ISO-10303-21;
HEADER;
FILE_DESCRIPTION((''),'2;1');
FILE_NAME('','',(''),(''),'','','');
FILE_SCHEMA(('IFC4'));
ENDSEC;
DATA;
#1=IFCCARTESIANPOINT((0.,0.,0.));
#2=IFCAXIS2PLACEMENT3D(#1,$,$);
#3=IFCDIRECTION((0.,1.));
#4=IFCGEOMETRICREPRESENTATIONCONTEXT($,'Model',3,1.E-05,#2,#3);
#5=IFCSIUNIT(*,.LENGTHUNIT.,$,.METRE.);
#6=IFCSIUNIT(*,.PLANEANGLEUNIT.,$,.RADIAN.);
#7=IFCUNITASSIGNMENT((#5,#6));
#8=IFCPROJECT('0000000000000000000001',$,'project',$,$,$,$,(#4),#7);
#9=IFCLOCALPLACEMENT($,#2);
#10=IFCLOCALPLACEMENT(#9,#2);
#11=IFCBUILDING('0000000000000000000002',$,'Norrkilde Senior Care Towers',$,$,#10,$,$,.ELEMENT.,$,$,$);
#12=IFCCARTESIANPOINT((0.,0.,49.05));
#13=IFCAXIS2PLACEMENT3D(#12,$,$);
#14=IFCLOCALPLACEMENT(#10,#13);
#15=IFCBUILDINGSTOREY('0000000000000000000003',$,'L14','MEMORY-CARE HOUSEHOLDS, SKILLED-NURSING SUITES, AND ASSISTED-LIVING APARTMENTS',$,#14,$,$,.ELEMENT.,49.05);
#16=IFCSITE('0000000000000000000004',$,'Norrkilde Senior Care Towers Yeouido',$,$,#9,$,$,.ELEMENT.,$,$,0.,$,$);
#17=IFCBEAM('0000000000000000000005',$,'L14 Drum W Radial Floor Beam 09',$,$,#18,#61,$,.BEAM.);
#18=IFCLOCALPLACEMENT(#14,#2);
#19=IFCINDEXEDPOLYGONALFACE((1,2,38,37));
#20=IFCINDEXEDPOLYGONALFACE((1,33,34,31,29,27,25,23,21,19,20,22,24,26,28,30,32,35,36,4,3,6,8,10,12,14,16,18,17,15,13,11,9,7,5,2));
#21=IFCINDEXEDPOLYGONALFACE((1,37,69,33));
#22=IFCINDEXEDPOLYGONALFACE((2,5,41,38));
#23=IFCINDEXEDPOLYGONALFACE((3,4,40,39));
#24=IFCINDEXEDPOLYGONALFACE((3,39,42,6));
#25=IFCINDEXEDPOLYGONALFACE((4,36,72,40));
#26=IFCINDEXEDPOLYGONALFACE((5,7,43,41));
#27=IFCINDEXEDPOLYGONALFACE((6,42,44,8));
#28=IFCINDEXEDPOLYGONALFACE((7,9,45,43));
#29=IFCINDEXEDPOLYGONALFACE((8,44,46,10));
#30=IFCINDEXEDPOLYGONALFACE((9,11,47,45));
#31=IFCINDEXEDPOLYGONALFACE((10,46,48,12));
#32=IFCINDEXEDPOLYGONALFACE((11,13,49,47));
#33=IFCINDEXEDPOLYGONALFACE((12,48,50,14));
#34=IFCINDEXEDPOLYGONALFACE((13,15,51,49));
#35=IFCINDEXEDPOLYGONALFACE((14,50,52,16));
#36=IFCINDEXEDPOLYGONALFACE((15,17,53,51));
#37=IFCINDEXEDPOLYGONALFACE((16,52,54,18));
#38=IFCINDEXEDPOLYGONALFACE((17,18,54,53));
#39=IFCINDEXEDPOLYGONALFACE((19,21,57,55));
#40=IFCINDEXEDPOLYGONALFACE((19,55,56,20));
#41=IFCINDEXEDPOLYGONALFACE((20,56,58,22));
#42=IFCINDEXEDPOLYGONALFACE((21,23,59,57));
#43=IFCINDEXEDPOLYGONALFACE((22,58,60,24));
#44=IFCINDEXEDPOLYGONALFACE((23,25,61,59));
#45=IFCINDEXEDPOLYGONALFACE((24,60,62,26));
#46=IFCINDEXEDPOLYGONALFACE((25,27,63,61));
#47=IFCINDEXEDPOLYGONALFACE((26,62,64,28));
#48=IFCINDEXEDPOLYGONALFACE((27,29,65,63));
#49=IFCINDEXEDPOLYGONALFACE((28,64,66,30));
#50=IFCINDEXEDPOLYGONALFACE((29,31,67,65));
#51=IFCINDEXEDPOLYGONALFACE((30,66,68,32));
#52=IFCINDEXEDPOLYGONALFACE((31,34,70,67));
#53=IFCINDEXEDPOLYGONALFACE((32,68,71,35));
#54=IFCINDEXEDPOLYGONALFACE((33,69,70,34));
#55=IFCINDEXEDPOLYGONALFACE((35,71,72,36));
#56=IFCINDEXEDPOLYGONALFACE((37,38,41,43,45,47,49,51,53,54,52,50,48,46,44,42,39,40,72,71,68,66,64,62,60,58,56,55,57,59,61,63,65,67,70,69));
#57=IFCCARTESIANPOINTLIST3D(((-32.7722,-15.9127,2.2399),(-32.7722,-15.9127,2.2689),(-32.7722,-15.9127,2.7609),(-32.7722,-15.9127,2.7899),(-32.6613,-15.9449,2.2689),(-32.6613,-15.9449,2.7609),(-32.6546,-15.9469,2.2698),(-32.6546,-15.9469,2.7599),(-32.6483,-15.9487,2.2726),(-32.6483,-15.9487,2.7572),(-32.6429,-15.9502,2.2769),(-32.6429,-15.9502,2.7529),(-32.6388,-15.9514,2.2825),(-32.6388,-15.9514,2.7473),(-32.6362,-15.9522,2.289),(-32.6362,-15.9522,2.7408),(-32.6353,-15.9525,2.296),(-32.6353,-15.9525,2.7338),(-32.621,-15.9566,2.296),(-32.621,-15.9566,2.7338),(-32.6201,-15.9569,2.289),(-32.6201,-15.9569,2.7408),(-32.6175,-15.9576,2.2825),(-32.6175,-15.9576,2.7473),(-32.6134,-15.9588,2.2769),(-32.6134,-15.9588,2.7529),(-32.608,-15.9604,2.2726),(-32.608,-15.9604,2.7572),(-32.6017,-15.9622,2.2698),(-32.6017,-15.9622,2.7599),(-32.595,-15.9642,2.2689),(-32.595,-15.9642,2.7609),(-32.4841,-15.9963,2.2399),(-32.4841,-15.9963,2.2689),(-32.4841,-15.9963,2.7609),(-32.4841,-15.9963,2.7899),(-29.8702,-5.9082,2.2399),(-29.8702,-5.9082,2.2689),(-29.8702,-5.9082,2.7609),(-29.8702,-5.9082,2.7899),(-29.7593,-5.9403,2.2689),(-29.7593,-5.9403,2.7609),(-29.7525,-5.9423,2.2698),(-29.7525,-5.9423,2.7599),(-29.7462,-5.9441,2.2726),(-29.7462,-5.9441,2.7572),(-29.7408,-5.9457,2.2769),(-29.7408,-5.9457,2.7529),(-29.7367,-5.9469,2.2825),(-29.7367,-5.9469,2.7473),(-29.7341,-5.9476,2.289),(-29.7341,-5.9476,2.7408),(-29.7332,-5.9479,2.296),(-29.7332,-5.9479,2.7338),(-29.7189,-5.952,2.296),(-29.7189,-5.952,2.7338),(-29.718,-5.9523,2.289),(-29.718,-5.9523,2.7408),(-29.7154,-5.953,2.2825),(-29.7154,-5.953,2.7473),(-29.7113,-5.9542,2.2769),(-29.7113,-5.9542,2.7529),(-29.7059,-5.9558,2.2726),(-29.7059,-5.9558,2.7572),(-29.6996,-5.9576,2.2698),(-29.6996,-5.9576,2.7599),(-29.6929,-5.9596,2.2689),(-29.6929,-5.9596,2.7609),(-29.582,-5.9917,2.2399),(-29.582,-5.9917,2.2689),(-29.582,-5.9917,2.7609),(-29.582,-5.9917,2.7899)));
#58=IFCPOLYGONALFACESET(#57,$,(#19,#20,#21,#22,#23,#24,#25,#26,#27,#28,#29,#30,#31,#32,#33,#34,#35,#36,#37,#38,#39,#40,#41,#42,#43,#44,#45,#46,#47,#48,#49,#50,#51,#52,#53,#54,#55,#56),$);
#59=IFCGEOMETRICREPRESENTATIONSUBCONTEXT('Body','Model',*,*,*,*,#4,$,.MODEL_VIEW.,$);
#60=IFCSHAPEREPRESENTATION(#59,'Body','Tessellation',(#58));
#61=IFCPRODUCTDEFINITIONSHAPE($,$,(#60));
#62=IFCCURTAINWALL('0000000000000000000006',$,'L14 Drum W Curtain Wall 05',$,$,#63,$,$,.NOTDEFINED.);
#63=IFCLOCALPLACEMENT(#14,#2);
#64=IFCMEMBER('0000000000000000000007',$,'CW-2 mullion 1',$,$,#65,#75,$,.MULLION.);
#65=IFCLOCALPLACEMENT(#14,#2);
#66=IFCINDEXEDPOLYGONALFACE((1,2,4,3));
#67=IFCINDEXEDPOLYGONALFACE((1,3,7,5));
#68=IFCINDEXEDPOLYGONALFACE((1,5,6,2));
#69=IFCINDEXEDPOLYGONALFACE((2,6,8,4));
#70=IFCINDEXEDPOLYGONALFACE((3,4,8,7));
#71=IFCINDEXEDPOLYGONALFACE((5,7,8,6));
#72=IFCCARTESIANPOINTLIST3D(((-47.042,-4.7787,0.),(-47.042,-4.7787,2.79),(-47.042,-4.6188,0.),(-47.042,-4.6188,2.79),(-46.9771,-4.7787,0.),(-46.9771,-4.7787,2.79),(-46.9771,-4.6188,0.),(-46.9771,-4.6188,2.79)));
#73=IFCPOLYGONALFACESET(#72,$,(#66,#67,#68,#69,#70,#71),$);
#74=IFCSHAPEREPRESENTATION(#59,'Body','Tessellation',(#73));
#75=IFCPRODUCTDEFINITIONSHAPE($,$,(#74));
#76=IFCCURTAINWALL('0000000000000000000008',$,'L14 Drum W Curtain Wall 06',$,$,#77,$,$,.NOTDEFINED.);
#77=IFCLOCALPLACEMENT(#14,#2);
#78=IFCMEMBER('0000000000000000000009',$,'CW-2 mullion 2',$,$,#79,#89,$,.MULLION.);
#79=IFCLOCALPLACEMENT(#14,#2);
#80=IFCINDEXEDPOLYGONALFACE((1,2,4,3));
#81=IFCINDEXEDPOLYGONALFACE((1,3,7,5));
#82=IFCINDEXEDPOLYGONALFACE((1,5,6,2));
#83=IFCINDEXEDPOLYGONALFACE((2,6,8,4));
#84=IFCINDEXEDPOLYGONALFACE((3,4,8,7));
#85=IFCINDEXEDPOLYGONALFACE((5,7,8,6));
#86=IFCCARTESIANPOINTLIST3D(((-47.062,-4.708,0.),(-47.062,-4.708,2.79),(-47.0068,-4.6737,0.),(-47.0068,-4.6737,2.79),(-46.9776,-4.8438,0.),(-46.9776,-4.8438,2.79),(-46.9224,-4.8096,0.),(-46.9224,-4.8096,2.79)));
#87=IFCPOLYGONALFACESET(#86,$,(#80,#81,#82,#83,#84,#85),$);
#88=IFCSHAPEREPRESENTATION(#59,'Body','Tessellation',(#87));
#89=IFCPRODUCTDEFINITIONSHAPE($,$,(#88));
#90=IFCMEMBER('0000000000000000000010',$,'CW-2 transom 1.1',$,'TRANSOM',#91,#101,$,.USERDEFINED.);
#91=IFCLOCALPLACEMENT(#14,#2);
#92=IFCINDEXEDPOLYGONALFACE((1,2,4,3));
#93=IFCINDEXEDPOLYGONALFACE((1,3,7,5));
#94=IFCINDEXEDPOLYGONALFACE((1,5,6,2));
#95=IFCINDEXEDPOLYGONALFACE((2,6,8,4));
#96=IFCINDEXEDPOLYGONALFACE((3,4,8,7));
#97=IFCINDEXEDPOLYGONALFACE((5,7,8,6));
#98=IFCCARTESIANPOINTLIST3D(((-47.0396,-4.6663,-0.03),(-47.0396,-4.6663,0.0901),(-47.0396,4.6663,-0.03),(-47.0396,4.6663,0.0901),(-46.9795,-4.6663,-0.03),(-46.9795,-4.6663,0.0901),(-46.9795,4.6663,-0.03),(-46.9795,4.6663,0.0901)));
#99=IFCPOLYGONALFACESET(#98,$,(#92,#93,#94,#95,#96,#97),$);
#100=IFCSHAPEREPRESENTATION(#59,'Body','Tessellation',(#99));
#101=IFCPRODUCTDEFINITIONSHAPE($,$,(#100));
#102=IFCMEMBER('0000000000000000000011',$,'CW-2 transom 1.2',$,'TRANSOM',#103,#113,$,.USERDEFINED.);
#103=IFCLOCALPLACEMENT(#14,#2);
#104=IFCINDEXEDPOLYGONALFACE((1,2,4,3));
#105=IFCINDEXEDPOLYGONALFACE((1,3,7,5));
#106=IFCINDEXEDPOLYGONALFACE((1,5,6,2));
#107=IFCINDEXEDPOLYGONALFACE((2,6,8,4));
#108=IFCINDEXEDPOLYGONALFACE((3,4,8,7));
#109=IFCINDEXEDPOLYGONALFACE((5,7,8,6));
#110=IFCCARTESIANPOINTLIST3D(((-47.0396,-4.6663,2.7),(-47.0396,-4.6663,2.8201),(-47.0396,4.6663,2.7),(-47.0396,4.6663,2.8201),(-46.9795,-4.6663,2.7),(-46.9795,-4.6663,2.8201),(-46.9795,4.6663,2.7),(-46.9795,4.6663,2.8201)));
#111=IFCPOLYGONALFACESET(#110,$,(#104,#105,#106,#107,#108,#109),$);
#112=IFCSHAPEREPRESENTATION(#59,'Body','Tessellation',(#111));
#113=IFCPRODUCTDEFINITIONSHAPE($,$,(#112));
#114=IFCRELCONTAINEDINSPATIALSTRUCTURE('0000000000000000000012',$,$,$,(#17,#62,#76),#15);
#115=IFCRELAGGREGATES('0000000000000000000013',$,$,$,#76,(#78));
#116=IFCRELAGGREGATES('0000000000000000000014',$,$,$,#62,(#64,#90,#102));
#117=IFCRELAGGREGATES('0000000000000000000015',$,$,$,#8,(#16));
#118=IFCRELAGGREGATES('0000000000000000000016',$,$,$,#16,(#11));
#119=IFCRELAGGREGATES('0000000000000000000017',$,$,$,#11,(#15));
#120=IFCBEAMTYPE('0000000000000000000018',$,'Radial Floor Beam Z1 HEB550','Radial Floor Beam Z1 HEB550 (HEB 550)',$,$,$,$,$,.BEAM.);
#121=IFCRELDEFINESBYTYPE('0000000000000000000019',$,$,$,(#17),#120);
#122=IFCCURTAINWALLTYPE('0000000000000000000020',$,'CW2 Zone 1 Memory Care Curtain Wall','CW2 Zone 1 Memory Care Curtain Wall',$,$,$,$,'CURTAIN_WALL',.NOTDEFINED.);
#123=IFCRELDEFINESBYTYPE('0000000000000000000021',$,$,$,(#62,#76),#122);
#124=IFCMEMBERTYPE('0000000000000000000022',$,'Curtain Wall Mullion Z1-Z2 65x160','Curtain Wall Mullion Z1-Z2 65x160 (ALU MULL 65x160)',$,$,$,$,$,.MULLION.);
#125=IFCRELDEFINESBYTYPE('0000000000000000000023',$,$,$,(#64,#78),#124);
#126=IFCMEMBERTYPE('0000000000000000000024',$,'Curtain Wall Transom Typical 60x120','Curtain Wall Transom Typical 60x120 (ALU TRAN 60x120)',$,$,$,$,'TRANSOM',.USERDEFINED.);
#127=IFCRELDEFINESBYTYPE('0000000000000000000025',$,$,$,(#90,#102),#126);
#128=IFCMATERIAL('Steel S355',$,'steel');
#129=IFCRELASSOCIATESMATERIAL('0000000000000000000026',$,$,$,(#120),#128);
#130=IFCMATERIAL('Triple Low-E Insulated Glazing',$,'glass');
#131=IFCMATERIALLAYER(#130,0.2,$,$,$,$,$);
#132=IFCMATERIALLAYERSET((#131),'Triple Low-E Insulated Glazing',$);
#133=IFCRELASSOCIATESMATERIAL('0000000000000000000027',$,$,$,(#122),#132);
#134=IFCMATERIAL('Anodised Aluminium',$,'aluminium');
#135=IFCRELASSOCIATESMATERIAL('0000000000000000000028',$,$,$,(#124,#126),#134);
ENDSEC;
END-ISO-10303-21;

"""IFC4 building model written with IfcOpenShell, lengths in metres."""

from ifc_helpers import new_model, si_unit, direction, frame, origin, origin_2d, place, context, subcontext, project, spatial, rectangle, i_section, extrude, source, transform, mapped, material, layer, layer_set, material_profile, profile_set, type_object, type_shapes, element, aggregate, save


model = new_model("IFC4")

# Units and contexts
model_context = context("Model", 3, precision=1e-05, world=origin(), true_north=direction((0.0, 1.0)))
body_context = subcontext(model_context, "Body", "Model", "MODEL_VIEW")
ifc_project = project(units=[si_unit("LENGTHUNIT", "METRE"), si_unit("PLANEANGLEUNIT", "RADIAN")], contexts=[model_context])

# Site, building, storey
site_placement = place(None, origin())
site = spatial("IfcSite", under=ifc_project, at=site_placement, Name="Norrkilde Senior Care Towers Yeouido", CompositionType="ELEMENT", RefElevation=0.0)
building_placement = place(site_placement, origin())
building = spatial("IfcBuilding", under=site, at=building_placement, Name="Norrkilde Senior Care Towers", CompositionType="ELEMENT")
storey_placement = place(building_placement, frame((0.0, 0.0, 49.05)))
storey = spatial("IfcBuildingStorey", under=building, at=storey_placement, Name="L14", Description="MEMORY-CARE HOUSEHOLDS, SKILLED-NURSING SUITES, AND ASSISTED-LIVING APARTMENTS", CompositionType="ELEMENT", Elevation=49.05)

# Beam
ifc_material_1 = material(Name="Steel S355", Category="steel")
ifc_material_profile_1 = material_profile(ifc_material_1, i_section(OverallWidth=0.3, OverallDepth=0.55, WebThickness=0.0149, FlangeThickness=0.0291, FilletRadius=0.0271, at=origin_2d()), Name="HEB 550")
ifc_profile_set_1 = profile_set([ifc_material_profile_1], Name="Steel S355")
beam_type_1 = type_object("IfcBeamType", Name="Radial Floor Beam Z1 HEB550", Description="Radial Floor Beam Z1 HEB550 (HEB 550)", PredefinedType="BEAM", material=ifc_profile_set_1)
shared_shape_1 = source(origin(), body_context, "Body", "SweptSolid", [
    extrude(i_section(OverallWidth=0.3, OverallDepth=0.55, WebThickness=0.0149, FlangeThickness=0.0291, FilletRadius=0.0271, at=origin_2d()), origin(), (0.0, 0.0, 1.0), 10.417),
])
beam_1_placement = place(storey_placement, frame((-29.7261, -5.95, 2.5149), z_axis=(-0.278591, -0.96041, 0.0), x_axis=(0.96041, -0.278591, 0.0)))
element("IfcBeam", 1, at=beam_1_placement, inside=storey, type_object=beam_type_1, Name="L14 Drum W Radial Floor Beam 09", PredefinedType="BEAM", context=body_context, shape_type="MappedRepresentation", body=[
    mapped(shared_shape_1, transform((0.0, 0.0, 0.0), x_axis=(1.0, 0.0, 0.0), y_axis=(0.0, 1.0, 0.0), z_axis=(0.0, 0.0, 1.0), scale=1.0)),
])

# Curtain walls, members
ifc_material_2 = material(Name="Triple Low-E Insulated Glazing", Category="glass")
ifc_layer_1 = layer(ifc_material_2, 0.2)
ifc_layer_set_1 = layer_set([ifc_layer_1], Name="Triple Low-E Insulated Glazing")
curtain_wall_type = type_object("IfcCurtainWallType", Name="CW2 Zone 1 Memory Care Curtain Wall", Description="CW2 Zone 1 Memory Care Curtain Wall", ElementType="CURTAIN_WALL", PredefinedType="NOTDEFINED", material=ifc_layer_set_1)
curtain_wall_1_placement = place(storey_placement, origin())
curtain_wall_1 = element("IfcCurtainWall", 2, at=curtain_wall_1_placement, inside=storey, type_object=curtain_wall_type, Name="L14 Drum W Curtain Wall 05", PredefinedType="NOTDEFINED")
ifc_material_3 = material(Name="Anodised Aluminium", Category="aluminium")
ifc_material_profile_2 = material_profile(ifc_material_3, rectangle(XDim=0.0649, YDim=0.1599, at=origin_2d()), Name="ALU MULL 65x160")
ifc_profile_set_2 = profile_set([ifc_material_profile_2], Name="Anodised Aluminium")
member_type_1 = type_object("IfcMemberType", Name="Curtain Wall Mullion Z1-Z2 65x160", Description="Curtain Wall Mullion Z1-Z2 65x160 (ALU MULL 65x160)", PredefinedType="MULLION", material=ifc_profile_set_2)
shared_shape_2 = source(origin(), body_context, "Body", "SweptSolid", [
    extrude(rectangle(XDim=0.0649, YDim=0.1599, at=origin_2d()), origin(), (0.0, 0.0, 1.0), 2.79),
])
type_shapes(member_type_1, [shared_shape_2])
member_1_placement = place(storey_placement, frame((-47.0095, -4.6987, 0.0), z_axis=(0.0, 0.0, 1.0), x_axis=(-1.0, 0.0, 0.0)))
member_1 = element("IfcMember", 3, at=member_1_placement, type_object=member_type_1, Name="CW-2 mullion 1", PredefinedType="MULLION", context=body_context, shape_type="MappedRepresentation", body=[
    mapped(shared_shape_2, transform((0.0, 0.0, 0.0), x_axis=(1.0, 0.0, 0.0), y_axis=(0.0, 1.0, 0.0), z_axis=(0.0, 0.0, 1.0), scale=1.0)),
])
curtain_wall_2_placement = place(storey_placement, origin())
curtain_wall_2 = element("IfcCurtainWall", 4, at=curtain_wall_2_placement, inside=storey, type_object=curtain_wall_type, Name="L14 Drum W Curtain Wall 06", PredefinedType="NOTDEFINED")
member_2_placement = place(storey_placement, frame((-46.9922, -4.7588, 0.0), z_axis=(0.0, 0.0, 1.0), x_axis=(-0.849306, -0.527901, 0.0)))
member_2 = element("IfcMember", 5, at=member_2_placement, type_object=member_type_1, Name="CW-2 mullion 2", PredefinedType="MULLION", context=body_context, shape_type="MappedRepresentation", body=[
    mapped(shared_shape_2, transform((0.0, 0.0, 0.0), x_axis=(1.0, 0.0, 0.0), y_axis=(0.0, 1.0, 0.0), z_axis=(0.0, 0.0, 1.0), scale=1.0)),
])
aggregate(curtain_wall_2, [member_2])

# Members
ifc_material_profile_3 = material_profile(ifc_material_3, rectangle(XDim=0.0601, YDim=0.1201, at=origin_2d()), Name="ALU TRAN 60x120")
ifc_profile_set_3 = profile_set([ifc_material_profile_3], Name="Anodised Aluminium")
member_type_2 = type_object("IfcMemberType", Name="Curtain Wall Transom Typical 60x120", Description="Curtain Wall Transom Typical 60x120 (ALU TRAN 60x120)", ElementType="TRANSOM", PredefinedType="USERDEFINED", material=ifc_profile_set_3)
shared_shape_3 = source(origin(), body_context, "Body", "SweptSolid", [
    extrude(rectangle(XDim=0.0601, YDim=0.1201, at=origin_2d()), origin(), (0.0, 0.0, 1.0), 9.3325),
])
type_shapes(member_type_2, [shared_shape_3])
member_3_placement = place(storey_placement, frame((-47.0095, -4.6663, 0.03), z_axis=(0.0, 1.0, 0.0), x_axis=(-1.0, 0.0, 0.0)))
member_3 = element("IfcMember", 6, at=member_3_placement, type_object=member_type_2, Name="CW-2 transom 1.1", ObjectType="TRANSOM", PredefinedType="USERDEFINED", context=body_context, shape_type="MappedRepresentation", body=[
    mapped(shared_shape_3, transform((0.0, 0.0, 0.0), x_axis=(1.0, 0.0, 0.0), y_axis=(0.0, 1.0, 0.0), z_axis=(0.0, 0.0, 1.0), scale=1.0)),
])
member_4_placement = place(storey_placement, frame((-47.0095, -4.6663, 2.76), z_axis=(0.0, 1.0, 0.0), x_axis=(-1.0, 0.0, 0.0)))
member_4 = element("IfcMember", 7, at=member_4_placement, type_object=member_type_2, Name="CW-2 transom 1.2", ObjectType="TRANSOM", PredefinedType="USERDEFINED", context=body_context, shape_type="MappedRepresentation", body=[
    mapped(shared_shape_3, transform((0.0, 0.0, 0.0), x_axis=(1.0, 0.0, 0.0), y_axis=(0.0, 1.0, 0.0), z_axis=(0.0, 0.0, 1.0), scale=1.0)),
])
aggregate(curtain_wall_1, [member_1, member_3, member_4])

save(model, "model.ifc")
